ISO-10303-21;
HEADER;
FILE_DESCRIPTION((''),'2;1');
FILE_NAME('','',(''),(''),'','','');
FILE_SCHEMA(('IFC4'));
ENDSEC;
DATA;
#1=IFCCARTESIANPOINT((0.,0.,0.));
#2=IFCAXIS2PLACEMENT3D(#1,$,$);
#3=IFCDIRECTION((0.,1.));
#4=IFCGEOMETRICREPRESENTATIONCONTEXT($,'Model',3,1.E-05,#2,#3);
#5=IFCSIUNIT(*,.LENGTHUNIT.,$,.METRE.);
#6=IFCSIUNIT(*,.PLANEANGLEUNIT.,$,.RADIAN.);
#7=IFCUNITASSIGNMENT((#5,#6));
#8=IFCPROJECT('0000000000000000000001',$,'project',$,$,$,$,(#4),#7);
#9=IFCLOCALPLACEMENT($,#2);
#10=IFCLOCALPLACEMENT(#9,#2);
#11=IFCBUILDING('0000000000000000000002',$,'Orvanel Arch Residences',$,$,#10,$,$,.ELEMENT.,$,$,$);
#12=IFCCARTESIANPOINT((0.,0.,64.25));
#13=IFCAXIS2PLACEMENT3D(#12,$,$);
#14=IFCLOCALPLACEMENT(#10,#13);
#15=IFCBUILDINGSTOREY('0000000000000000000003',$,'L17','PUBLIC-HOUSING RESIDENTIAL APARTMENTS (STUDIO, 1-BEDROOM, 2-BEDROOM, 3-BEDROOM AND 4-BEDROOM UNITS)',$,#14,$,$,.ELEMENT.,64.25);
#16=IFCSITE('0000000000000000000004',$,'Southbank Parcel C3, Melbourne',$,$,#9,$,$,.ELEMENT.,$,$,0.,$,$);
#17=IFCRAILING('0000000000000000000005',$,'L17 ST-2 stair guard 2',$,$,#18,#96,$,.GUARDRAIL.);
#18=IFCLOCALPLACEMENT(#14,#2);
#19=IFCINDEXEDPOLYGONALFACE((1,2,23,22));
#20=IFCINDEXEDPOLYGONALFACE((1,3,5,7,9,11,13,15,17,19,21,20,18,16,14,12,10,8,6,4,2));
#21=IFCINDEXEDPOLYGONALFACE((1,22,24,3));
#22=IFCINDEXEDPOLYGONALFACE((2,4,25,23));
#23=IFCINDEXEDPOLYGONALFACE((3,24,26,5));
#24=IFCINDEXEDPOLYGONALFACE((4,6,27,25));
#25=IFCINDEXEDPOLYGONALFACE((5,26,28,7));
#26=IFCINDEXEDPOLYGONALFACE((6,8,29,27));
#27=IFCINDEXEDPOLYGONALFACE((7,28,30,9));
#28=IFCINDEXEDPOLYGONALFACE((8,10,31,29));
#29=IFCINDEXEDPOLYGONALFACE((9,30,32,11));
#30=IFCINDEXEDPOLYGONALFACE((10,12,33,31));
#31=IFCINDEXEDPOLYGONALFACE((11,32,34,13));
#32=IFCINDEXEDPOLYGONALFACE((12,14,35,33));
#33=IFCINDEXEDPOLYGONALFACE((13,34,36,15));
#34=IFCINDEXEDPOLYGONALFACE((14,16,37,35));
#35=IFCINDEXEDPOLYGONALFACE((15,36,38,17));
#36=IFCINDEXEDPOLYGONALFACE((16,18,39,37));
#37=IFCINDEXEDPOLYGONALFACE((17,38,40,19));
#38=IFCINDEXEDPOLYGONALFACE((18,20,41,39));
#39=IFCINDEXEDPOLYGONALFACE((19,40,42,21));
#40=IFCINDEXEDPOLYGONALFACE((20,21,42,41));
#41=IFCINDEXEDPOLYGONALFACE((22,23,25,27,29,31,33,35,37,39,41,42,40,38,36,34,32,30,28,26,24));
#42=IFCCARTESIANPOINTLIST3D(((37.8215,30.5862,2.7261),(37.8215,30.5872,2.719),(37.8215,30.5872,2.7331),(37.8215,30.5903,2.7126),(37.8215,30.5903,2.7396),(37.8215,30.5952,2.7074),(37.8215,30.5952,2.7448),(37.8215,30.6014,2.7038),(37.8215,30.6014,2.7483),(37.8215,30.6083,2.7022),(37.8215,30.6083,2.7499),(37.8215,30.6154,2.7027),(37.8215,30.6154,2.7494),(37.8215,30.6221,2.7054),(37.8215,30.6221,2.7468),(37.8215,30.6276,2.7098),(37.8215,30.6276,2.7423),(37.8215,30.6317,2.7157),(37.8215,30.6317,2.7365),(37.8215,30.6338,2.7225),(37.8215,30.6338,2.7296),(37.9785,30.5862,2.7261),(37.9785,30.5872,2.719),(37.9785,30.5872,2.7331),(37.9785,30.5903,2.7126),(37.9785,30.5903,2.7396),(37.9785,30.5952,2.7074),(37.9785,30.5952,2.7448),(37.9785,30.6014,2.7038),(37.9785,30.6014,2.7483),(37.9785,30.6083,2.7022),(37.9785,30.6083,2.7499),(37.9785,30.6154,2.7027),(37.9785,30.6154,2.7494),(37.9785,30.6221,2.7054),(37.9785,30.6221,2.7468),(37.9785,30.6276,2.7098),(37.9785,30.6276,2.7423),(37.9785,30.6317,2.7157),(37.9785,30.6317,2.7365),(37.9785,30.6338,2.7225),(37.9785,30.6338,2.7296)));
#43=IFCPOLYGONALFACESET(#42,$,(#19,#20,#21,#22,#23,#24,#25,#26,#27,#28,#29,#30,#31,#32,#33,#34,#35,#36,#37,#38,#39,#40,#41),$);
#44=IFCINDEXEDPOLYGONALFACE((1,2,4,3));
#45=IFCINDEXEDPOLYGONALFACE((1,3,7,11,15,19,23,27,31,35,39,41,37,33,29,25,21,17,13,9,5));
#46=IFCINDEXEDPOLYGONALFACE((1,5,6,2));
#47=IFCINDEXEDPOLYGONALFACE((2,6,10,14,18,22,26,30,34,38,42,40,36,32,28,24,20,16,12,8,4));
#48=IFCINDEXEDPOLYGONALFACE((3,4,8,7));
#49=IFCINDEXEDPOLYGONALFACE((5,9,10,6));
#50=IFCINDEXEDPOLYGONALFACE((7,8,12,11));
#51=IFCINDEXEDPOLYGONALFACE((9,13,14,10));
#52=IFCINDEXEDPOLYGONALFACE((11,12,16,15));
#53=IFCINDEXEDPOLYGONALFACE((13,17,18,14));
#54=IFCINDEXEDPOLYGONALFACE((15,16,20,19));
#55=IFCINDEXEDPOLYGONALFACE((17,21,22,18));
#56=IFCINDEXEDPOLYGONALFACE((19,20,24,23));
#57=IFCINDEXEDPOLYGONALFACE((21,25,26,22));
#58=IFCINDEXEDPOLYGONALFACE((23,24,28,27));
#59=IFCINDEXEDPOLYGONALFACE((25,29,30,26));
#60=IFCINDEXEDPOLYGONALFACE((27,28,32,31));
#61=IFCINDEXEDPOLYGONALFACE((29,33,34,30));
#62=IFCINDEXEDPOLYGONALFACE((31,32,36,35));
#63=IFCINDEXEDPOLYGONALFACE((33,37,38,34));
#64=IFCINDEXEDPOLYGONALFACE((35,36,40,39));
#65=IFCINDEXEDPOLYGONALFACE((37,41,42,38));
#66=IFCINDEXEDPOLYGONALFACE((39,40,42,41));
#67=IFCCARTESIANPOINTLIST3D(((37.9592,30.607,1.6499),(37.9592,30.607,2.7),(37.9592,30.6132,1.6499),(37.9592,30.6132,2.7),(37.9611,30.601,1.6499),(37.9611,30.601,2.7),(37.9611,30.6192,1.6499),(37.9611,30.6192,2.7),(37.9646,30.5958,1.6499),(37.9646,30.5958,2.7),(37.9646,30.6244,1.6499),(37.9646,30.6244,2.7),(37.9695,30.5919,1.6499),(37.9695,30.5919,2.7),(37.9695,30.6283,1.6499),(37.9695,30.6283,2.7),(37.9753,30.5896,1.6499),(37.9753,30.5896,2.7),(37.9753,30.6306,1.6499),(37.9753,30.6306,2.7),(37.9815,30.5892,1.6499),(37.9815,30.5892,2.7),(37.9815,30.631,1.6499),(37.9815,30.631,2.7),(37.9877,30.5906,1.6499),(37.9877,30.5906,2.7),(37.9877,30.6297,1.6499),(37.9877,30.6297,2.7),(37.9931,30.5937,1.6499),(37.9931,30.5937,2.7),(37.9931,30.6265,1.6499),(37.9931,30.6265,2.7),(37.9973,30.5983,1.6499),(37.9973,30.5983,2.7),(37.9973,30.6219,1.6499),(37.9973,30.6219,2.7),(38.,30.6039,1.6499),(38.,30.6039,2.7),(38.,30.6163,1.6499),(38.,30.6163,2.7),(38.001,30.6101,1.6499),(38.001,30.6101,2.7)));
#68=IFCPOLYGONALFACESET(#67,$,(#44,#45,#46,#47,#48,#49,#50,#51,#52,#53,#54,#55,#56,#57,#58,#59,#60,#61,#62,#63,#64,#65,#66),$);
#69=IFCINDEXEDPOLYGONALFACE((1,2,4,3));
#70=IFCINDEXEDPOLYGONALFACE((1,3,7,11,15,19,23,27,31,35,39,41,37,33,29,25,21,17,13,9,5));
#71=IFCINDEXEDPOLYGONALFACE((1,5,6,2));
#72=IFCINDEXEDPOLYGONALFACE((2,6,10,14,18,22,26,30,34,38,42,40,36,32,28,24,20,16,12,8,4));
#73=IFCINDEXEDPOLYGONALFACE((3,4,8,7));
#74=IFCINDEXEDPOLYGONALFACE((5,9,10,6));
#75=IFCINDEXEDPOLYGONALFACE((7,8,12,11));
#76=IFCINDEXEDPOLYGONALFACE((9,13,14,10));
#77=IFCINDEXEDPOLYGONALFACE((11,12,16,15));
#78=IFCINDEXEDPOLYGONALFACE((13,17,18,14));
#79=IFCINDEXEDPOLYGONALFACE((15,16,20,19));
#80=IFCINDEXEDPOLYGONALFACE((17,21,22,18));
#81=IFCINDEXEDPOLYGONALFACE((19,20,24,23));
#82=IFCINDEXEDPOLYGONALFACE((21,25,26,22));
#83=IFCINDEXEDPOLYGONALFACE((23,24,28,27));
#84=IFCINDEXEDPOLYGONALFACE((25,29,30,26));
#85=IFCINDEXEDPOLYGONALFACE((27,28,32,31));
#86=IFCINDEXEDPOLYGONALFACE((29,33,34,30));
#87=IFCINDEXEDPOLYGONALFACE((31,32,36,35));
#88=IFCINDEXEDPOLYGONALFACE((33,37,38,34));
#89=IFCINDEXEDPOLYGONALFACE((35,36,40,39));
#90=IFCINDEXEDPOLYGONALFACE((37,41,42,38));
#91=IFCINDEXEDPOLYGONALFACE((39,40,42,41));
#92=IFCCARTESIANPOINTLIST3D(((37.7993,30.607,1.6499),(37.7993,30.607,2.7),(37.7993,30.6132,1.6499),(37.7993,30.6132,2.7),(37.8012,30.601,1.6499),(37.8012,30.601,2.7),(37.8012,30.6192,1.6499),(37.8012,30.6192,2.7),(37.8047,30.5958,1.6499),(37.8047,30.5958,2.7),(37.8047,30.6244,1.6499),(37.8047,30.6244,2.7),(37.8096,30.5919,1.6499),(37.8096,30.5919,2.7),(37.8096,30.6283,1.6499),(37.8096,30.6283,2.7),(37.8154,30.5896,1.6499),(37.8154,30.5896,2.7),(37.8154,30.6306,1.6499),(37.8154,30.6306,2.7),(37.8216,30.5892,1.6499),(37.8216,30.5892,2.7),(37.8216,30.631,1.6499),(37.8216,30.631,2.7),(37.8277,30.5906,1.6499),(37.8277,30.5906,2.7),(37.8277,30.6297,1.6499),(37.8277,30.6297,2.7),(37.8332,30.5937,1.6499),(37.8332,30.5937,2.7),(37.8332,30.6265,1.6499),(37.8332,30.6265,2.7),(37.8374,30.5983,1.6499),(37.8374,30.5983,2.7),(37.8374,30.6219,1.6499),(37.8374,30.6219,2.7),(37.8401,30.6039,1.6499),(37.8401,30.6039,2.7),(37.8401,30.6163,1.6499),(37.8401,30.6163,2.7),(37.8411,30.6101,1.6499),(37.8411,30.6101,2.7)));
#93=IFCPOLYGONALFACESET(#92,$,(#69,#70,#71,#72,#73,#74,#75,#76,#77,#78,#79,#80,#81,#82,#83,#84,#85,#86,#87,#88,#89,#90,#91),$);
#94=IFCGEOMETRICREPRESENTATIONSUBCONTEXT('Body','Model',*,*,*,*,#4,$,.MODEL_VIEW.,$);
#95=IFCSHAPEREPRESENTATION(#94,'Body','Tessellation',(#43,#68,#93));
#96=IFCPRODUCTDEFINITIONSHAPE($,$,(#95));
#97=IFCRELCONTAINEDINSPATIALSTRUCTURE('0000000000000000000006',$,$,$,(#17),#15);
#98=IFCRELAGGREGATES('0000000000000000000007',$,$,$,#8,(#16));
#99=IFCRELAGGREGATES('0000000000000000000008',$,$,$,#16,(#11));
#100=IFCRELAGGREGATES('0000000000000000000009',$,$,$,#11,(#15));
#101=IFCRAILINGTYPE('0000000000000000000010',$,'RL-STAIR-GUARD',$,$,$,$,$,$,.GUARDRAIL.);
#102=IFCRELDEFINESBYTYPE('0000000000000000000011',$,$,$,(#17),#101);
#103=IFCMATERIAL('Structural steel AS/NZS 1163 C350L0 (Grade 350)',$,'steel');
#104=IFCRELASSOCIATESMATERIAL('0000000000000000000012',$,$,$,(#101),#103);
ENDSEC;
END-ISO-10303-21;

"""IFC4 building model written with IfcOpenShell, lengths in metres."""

from ifc_helpers import new_model, si_unit, direction, frame, origin, origin_2d, place, context, subcontext, project, spatial, circle, extrude, material, type_object, element, save


model = new_model("IFC4")

# Units and contexts
model_context = context("Model", 3, precision=1e-05, world=origin(), true_north=direction((0.0, 1.0)))
body_context = subcontext(model_context, "Body", "Model", "MODEL_VIEW")
ifc_project = project(units=[si_unit("LENGTHUNIT", "METRE"), si_unit("PLANEANGLEUNIT", "RADIAN")], contexts=[model_context])

# Site, building, storey
site_placement = place(None, origin())
site = spatial("IfcSite", under=ifc_project, at=site_placement, Name="Southbank Parcel C3, Melbourne", CompositionType="ELEMENT", RefElevation=0.0)
building_placement = place(site_placement, origin())
building = spatial("IfcBuilding", under=site, at=building_placement, Name="Orvanel Arch Residences", CompositionType="ELEMENT")
storey_placement = place(building_placement, frame((0.0, 0.0, 64.25)))
storey = spatial("IfcBuildingStorey", under=building, at=storey_placement, Name="L17", Description="PUBLIC-HOUSING RESIDENTIAL APARTMENTS (STUDIO, 1-BEDROOM, 2-BEDROOM, 3-BEDROOM AND 4-BEDROOM UNITS)", CompositionType="ELEMENT", Elevation=64.25)

# Railing
ifc_material_1 = material(Name="Structural steel AS/NZS 1163 C350L0 (Grade 350)", Category="steel")
railing_type_1 = type_object("IfcRailingType", Name="RL-STAIR-GUARD", PredefinedType="GUARDRAIL", material=ifc_material_1)
railing_1_placement = place(storey_placement, frame((37.98, 30.6101, 1.6499)))
element("IfcRailing", 1, at=railing_1_placement, inside=storey, type_object=railing_type_1, Name="L17 ST-2 stair guard 2", PredefinedType="GUARDRAIL", context=body_context, shape_type="SweptSolid", body=[
    extrude(circle(Radius=0.0239, at=origin_2d()), frame((-0.0015, 0.0, 1.0762), z_axis=(-1.0, 0.0, 0.0), x_axis=(0.0, -1.0, 0.0)), (0.0, 0.0, 1.0), 0.157),
    extrude(circle(Radius=0.021, at=origin_2d()), origin(), (0.0, 0.0, 1.0), 1.05),
    extrude(circle(Radius=0.021, at=origin_2d()), frame((-0.1599, 0.0, 0.0)), (0.0, 0.0, 1.0), 1.05),
])

save(model, "model.ifc")
